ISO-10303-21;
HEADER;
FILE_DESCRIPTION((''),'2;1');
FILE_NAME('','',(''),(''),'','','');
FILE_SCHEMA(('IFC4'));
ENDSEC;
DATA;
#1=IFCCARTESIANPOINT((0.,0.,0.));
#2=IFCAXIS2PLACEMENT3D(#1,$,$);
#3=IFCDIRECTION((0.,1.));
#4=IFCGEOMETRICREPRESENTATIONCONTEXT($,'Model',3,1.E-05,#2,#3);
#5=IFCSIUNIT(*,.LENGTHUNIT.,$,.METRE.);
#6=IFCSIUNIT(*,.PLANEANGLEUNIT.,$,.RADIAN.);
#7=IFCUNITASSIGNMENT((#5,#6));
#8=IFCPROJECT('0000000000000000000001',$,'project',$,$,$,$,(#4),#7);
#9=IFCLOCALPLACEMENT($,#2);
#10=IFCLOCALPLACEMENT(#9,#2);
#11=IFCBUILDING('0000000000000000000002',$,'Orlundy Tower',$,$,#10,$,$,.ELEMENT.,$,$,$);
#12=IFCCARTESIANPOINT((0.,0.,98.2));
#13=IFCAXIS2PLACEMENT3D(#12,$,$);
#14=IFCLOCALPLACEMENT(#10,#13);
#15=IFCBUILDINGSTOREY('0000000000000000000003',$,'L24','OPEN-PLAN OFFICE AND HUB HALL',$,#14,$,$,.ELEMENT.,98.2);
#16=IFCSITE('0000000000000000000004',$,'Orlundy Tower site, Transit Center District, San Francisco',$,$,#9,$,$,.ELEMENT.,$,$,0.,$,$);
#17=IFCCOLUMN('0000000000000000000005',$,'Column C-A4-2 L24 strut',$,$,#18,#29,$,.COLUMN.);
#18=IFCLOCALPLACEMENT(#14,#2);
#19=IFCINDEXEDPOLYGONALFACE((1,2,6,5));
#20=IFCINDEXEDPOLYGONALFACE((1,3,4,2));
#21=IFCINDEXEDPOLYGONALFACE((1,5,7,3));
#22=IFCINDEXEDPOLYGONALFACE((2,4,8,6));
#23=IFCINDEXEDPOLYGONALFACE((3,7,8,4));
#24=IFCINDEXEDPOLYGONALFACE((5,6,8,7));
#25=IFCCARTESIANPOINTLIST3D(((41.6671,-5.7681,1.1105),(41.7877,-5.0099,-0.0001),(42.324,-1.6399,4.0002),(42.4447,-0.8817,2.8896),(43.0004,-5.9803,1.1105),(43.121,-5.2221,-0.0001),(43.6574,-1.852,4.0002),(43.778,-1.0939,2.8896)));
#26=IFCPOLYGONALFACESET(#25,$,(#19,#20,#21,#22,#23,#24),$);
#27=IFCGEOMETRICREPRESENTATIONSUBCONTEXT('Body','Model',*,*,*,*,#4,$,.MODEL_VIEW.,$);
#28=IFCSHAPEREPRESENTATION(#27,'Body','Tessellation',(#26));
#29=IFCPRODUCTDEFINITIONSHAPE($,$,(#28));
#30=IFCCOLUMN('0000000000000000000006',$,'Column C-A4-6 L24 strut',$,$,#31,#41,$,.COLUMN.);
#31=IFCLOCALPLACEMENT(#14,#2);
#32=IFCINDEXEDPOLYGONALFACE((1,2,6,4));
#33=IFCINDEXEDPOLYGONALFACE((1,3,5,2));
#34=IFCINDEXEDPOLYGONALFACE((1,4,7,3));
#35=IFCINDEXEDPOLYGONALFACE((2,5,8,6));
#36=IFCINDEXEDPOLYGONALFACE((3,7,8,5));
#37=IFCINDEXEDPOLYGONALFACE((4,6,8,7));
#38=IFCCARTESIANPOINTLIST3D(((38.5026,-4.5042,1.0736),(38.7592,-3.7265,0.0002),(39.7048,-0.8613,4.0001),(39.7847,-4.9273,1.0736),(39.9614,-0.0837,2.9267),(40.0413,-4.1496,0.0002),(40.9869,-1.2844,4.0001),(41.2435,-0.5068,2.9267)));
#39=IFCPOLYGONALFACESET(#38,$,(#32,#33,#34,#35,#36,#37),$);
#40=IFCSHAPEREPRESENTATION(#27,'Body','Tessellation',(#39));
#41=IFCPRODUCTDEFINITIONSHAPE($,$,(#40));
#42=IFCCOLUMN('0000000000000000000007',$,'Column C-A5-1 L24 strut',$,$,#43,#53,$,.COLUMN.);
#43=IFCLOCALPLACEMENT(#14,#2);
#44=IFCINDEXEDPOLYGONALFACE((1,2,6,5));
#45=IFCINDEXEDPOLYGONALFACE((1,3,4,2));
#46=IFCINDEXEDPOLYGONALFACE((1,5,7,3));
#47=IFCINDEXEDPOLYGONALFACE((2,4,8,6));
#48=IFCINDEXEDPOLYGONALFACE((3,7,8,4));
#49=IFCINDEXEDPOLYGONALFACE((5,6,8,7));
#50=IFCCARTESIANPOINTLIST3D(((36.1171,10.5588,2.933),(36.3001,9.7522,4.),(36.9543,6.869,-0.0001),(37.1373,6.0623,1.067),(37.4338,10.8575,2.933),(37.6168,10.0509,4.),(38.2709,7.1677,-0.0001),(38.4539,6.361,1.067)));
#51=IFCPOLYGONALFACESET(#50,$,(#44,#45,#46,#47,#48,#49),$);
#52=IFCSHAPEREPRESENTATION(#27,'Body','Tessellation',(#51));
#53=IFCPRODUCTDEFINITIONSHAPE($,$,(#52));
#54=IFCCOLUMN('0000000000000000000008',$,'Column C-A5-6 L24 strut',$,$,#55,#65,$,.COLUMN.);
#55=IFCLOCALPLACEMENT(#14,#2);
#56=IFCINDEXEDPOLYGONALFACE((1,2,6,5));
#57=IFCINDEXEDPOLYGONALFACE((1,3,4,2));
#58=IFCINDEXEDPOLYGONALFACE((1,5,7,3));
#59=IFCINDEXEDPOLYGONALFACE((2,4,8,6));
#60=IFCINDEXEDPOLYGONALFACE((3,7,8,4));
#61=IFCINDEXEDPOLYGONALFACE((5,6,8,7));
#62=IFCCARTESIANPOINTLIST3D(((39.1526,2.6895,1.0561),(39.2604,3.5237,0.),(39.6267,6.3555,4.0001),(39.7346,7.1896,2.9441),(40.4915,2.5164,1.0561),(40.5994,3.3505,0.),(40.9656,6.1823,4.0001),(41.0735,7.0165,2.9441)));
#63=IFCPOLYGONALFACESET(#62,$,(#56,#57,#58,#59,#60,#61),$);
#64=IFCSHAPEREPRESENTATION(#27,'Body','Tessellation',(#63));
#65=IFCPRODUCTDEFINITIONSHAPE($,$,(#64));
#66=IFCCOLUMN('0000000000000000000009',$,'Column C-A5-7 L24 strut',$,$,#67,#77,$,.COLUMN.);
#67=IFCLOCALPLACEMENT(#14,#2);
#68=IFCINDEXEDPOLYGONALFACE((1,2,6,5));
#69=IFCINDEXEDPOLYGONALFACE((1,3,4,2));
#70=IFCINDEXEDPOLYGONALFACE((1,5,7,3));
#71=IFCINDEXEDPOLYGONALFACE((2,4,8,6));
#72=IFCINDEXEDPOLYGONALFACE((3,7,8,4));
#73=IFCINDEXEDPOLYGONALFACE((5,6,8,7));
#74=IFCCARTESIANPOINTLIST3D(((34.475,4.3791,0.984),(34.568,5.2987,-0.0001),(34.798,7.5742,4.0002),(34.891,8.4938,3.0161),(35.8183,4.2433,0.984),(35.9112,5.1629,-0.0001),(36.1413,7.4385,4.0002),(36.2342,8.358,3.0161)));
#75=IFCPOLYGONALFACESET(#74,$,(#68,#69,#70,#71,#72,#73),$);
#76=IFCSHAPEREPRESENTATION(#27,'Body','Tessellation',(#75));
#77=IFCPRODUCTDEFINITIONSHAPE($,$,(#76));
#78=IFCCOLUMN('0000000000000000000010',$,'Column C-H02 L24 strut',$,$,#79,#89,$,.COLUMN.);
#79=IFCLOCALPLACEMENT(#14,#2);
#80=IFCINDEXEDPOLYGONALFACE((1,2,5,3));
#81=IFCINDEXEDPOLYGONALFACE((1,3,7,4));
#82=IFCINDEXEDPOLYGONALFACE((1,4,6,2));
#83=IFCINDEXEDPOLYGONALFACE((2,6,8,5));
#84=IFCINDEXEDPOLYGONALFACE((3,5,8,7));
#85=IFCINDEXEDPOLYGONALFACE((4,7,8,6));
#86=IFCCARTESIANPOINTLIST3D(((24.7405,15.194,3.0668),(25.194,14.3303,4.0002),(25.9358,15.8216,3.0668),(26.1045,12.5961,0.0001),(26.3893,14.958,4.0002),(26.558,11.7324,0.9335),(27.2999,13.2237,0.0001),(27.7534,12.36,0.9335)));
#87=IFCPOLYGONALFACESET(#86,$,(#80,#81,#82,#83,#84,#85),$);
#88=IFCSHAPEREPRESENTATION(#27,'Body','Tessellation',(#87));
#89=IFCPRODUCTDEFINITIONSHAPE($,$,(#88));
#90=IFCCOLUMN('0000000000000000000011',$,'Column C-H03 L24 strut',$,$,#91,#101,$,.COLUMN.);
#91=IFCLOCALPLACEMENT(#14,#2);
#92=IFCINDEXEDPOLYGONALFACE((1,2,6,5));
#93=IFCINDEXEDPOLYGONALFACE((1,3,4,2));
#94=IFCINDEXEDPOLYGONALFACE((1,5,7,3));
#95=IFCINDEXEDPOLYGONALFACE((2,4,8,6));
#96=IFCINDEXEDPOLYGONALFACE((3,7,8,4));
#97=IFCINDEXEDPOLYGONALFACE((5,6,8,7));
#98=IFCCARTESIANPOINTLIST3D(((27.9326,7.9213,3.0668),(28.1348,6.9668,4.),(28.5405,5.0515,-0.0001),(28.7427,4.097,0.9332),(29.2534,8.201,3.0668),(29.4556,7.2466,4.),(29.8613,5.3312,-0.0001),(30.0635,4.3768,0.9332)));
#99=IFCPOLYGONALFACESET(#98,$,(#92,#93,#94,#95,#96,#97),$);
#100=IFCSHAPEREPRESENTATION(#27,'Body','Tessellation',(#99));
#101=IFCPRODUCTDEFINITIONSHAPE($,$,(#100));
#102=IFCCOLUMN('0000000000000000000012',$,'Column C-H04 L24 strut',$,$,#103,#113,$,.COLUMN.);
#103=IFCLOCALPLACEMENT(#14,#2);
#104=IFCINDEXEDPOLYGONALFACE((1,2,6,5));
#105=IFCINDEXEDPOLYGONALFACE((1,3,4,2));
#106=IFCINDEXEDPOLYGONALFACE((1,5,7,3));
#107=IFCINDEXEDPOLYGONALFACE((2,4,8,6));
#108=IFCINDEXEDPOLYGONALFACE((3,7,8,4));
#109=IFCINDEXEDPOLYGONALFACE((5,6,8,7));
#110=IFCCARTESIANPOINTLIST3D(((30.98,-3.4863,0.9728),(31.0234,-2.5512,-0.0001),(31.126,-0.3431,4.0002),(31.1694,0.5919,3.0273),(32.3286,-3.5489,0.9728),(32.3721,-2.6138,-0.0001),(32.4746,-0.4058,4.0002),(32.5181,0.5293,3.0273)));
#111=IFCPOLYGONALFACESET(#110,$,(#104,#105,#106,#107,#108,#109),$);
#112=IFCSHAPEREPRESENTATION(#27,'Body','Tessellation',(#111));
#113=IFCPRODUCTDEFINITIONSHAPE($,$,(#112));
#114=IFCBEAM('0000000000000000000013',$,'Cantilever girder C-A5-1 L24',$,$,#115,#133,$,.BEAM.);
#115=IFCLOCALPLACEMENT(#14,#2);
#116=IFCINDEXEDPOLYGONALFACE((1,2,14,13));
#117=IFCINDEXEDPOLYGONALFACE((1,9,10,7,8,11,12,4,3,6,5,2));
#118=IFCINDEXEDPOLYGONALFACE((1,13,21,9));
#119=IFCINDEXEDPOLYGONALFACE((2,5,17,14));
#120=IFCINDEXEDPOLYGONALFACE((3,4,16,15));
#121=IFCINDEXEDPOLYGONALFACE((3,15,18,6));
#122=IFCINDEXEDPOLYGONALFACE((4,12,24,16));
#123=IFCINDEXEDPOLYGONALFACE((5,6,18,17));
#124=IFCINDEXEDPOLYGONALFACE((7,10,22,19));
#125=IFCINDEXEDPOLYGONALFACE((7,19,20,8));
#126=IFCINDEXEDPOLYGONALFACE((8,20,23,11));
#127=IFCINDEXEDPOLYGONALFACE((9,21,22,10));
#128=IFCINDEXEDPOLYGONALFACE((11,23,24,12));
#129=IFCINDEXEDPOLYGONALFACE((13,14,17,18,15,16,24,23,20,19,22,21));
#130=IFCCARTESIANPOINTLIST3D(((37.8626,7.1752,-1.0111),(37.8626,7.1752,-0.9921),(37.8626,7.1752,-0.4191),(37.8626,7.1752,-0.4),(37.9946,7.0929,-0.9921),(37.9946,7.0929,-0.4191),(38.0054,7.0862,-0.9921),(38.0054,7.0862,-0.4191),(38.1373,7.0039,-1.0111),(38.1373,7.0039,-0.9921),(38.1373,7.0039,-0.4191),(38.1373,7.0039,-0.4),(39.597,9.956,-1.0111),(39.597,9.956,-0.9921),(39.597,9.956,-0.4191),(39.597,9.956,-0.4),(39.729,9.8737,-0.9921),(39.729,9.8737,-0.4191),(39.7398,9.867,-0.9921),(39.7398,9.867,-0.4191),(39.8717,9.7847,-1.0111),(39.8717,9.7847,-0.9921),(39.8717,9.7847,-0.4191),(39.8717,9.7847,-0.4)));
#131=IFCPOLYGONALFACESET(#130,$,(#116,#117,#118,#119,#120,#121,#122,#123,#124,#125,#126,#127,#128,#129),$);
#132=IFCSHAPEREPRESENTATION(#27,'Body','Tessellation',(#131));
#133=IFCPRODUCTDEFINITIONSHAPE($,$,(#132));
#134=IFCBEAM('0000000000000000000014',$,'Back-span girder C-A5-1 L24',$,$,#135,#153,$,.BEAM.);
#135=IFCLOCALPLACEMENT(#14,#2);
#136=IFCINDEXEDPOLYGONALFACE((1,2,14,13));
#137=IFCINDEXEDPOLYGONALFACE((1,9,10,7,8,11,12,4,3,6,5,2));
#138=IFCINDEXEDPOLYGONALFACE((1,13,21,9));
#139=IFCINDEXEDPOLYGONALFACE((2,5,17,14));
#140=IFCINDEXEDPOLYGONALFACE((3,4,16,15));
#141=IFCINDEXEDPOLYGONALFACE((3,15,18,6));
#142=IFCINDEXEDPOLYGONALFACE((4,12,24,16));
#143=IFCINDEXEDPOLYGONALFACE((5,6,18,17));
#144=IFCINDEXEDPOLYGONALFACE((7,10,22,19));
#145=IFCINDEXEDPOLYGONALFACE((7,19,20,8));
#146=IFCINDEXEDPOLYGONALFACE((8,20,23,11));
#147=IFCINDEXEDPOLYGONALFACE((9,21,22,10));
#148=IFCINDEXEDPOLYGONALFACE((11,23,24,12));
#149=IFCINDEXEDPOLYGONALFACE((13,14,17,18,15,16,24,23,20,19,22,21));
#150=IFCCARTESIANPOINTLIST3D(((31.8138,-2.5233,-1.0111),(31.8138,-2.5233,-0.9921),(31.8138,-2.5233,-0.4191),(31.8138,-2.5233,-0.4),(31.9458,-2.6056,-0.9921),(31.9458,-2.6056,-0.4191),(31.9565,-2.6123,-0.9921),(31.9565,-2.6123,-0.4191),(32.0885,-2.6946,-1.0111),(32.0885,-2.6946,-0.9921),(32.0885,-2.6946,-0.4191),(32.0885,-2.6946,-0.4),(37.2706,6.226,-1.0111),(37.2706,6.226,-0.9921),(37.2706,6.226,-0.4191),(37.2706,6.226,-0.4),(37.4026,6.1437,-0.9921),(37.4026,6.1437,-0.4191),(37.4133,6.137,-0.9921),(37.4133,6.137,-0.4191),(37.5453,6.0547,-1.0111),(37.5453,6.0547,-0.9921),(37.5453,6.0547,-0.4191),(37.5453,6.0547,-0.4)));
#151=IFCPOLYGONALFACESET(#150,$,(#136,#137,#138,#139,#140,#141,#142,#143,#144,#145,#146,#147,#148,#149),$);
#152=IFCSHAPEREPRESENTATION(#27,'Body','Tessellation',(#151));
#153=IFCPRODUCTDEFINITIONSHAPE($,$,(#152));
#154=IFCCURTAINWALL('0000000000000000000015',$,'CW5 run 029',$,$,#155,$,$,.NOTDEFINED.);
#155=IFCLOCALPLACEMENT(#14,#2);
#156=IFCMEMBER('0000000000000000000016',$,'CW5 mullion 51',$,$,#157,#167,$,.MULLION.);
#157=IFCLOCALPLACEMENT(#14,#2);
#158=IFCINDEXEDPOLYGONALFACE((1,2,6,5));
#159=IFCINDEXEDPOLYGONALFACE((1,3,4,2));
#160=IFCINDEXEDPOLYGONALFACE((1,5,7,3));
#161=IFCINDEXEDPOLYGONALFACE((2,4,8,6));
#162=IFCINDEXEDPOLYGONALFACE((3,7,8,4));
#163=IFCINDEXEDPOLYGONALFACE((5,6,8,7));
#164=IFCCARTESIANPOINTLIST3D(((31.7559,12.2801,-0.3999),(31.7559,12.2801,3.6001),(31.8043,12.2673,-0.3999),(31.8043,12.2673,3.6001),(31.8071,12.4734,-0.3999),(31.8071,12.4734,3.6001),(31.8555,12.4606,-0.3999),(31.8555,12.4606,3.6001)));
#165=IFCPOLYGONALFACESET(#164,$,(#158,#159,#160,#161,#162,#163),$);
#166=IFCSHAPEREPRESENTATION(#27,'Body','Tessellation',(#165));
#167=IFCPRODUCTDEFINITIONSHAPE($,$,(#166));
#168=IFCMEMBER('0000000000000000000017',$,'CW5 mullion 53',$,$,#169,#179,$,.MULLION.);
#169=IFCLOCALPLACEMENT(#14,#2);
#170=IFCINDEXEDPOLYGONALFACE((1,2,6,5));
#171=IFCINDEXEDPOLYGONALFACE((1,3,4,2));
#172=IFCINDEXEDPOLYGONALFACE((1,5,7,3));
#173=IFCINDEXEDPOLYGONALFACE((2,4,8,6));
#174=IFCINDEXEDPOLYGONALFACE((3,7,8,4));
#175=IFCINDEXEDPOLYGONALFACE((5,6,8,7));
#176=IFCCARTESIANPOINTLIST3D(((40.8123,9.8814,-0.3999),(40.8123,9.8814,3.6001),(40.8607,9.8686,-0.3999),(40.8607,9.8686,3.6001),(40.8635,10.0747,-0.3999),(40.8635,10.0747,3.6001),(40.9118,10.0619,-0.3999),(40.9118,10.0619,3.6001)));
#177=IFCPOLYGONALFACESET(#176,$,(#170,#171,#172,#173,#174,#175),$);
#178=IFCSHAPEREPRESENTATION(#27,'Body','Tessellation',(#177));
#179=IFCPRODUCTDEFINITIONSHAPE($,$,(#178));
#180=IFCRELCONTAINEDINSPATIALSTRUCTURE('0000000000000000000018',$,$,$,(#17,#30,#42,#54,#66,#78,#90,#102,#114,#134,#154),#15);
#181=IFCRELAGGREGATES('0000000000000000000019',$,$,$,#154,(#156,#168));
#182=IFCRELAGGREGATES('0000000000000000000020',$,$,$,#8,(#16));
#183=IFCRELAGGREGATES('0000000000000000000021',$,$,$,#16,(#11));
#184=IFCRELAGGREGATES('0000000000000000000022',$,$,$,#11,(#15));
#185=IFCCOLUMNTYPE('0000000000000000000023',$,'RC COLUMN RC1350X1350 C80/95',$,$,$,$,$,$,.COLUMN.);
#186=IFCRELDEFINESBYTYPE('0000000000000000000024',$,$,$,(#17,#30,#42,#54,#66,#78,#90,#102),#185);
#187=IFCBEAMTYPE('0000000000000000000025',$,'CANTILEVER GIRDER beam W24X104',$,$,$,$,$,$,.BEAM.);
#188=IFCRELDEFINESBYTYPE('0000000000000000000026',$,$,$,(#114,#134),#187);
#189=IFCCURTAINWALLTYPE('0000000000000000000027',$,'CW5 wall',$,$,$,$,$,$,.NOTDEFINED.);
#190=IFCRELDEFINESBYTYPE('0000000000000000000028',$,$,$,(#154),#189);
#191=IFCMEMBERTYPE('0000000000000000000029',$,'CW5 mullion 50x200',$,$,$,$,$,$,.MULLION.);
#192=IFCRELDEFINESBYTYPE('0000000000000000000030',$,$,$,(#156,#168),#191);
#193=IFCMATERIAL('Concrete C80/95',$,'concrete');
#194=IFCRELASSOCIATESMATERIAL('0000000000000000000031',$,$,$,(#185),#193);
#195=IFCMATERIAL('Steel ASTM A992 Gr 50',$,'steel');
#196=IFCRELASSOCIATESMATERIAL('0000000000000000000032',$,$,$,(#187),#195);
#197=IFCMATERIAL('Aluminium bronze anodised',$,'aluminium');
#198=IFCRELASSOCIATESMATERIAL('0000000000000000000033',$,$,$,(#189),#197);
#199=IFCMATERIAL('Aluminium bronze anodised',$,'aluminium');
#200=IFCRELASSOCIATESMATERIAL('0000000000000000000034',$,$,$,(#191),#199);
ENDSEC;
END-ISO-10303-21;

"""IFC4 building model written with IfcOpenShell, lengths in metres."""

from ifc_helpers import new_model, si_unit, direction, frame, origin, origin_2d, place, context, subcontext, project, spatial, rectangle, i_section, extrude, material, material_profile, profile_set, type_object, element, aggregate, save


model = new_model("IFC4")

# Units and contexts
model_context = context("Model", 3, precision=1e-05, world=origin(), true_north=direction((0.0, 1.0)))
body_context = subcontext(model_context, "Body", "Model", "MODEL_VIEW")
ifc_project = project(units=[si_unit("LENGTHUNIT", "METRE"), si_unit("PLANEANGLEUNIT", "RADIAN")], contexts=[model_context])

# Site, building, storey
site_placement = place(None, origin())
site = spatial("IfcSite", under=ifc_project, at=site_placement, Name="Orlundy Tower site, Transit Center District, San Francisco", CompositionType="ELEMENT", RefElevation=0.0)
building_placement = place(site_placement, origin())
building = spatial("IfcBuilding", under=site, at=building_placement, Name="Orlundy Tower", CompositionType="ELEMENT")
storey_placement = place(building_placement, frame((0.0, 0.0, 98.2)))
storey = spatial("IfcBuildingStorey", under=building, at=storey_placement, Name="L24", Description="OPEN-PLAN OFFICE AND HUB HALL", CompositionType="ELEMENT", Elevation=98.2)

# Columns
ifc_material_1 = material(Name="Concrete C80/95", Category="concrete")
ifc_material_profile_1 = material_profile(ifc_material_1, rectangle(XDim=1.3501, YDim=1.3501, at=origin_2d()), Name="RC1350X1350")
ifc_profile_set_1 = profile_set([ifc_material_profile_1], Name="Concrete C80/95")
column_type = type_object("IfcColumnType", Name="RC COLUMN RC1350X1350 C80/95", PredefinedType="COLUMN", material=ifc_profile_set_1)
column_1_placement = place(storey_placement, frame((42.394, -5.4951, 0.5552), z_axis=(0.129284, 0.812363, 0.56864), x_axis=(-0.987572, 0.157168, 0.0)))
element("IfcColumn", 1, at=column_1_placement, inside=storey, type_object=column_type, Name="Column C-A4-2 L24 strut", PredefinedType="COLUMN", context=body_context, shape_type="SweptSolid", body=[
    extrude(rectangle(XDim=1.3501, YDim=1.3501, at=origin_2d()), origin(), (0.0, 0.0, 1.0), 5.0818),
])
column_2_placement = place(storey_placement, frame((39.272, -4.3269, 0.5369), z_axis=(0.249154, 0.755002, 0.606542), x_axis=(-0.949627, 0.313381, 0.0)))
element("IfcColumn", 2, at=column_2_placement, inside=storey, type_object=column_type, Name="Column C-A4-6 L24 strut", PredefinedType="COLUMN", context=body_context, shape_type="SweptSolid", body=[
    extrude(rectangle(XDim=1.3501, YDim=1.3501, at=origin_2d()), origin(), (0.0, 0.0, 1.0), 4.825),
])
column_3_placement = place(storey_placement, frame((37.7041, 6.615, 0.5334), z_axis=(-0.174865, 0.770754, 0.612666), x_axis=(-0.975216, -0.221253, 0.0)))
element("IfcColumn", 3, at=column_3_placement, inside=storey, type_object=column_type, Name="Column C-A5-1 L24 strut", PredefinedType="COLUMN", context=body_context, shape_type="SweptSolid", body=[
    extrude(rectangle(XDim=1.3501, YDim=1.3501, at=origin_2d()), origin(), (0.0, 0.0, 1.0), 4.7874),
])
column_4_placement = place(storey_placement, frame((39.876, 3.02, 0.5281), z_axis=(0.100328, 0.775763, 0.622997), x_axis=(-0.991741, 0.128261, 0.0)))
element("IfcColumn", 4, at=column_4_placement, inside=storey, type_object=column_type, Name="Column C-A5-6 L24 strut", PredefinedType="COLUMN", context=body_context, shape_type="SweptSolid", body=[
    extrude(rectangle(XDim=1.3501, YDim=1.3501, at=origin_2d()), origin(), (0.0, 0.0, 1.0), 4.7256),
])
column_5_placement = place(storey_placement, frame((35.1931, 4.771, 0.4919), z_axis=(0.073315, 0.725221, 0.684602), x_axis=(-0.994929, 0.10058, 0.0)))
element("IfcColumn", 5, at=column_5_placement, inside=storey, type_object=column_type, Name="Column C-A5-7 L24 strut", PredefinedType="COLUMN", context=body_context, shape_type="SweptSolid", body=[
    extrude(rectangle(XDim=1.3501, YDim=1.3501, at=origin_2d()), origin(), (0.0, 0.0, 1.0), 4.4058),
])
column_6_placement = place(storey_placement, frame((26.929, 12.478, 0.4668), z_axis=(-0.321376, 0.612094, 0.722536), x_axis=(-0.885382, -0.464865, 0.0)))
element("IfcColumn", 6, at=column_6_placement, inside=storey, type_object=column_type, Name="Column C-H02 L24 strut", PredefinedType="COLUMN", context=body_context, shape_type="SweptSolid", body=[
    extrude(rectangle(XDim=1.3501, YDim=1.3501, at=origin_2d()), origin(), (0.0, 0.0, 1.0), 4.2444),
])
column_7_placement = place(storey_placement, frame((29.302, 4.7141, 0.4666), z_axis=(-0.14324, 0.676218, 0.722642), x_axis=(-0.978293, -0.207227, 0.0)))
element("IfcColumn", 7, at=column_7_placement, inside=storey, type_object=column_type, Name="Column C-H03 L24 strut", PredefinedType="COLUMN", context=body_context, shape_type="SweptSolid", body=[
    extrude(rectangle(XDim=1.3501, YDim=1.3501, at=origin_2d()), origin(), (0.0, 0.0, 1.0), 4.2439),
])
column_8_placement = place(storey_placement, frame((31.676, -3.05, 0.4863), z_axis=(0.033437, 0.719839, 0.693335), x_axis=(-0.998923, 0.0464, 0.0)))
element("IfcColumn", 8, at=column_8_placement, inside=storey, type_object=column_type, Name="Column C-H04 L24 strut", PredefinedType="COLUMN", context=body_context, shape_type="SweptSolid", body=[
    extrude(rectangle(XDim=1.3501, YDim=1.3501, at=origin_2d()), origin(), (0.0, 0.0, 1.0), 4.3665),
])

# Beams
ifc_material_2 = material(Name="Steel ASTM A992 Gr 50", Category="steel")
ifc_material_profile_2 = material_profile(ifc_material_2, i_section(OverallWidth=0.3237, OverallDepth=0.6111, WebThickness=0.0127, FlangeThickness=0.019, at=origin_2d()), Name="W24X104")
ifc_profile_set_2 = profile_set([ifc_material_profile_2], Name="Steel ASTM A992 Gr 50")
beam_type = type_object("IfcBeamType", Name="CANTILEVER GIRDER beam W24X104", PredefinedType="BEAM", material=ifc_profile_set_2)
beam_1_placement = place(storey_placement, frame((39.7344, 9.8704, -0.7056), z_axis=(-0.529209, -0.848492, 0.0), x_axis=(0.848492, -0.529209, 0.0)))
element("IfcBeam", 9, at=beam_1_placement, inside=storey, type_object=beam_type, Name="Cantilever girder C-A5-1 L24", PredefinedType="BEAM", context=body_context, shape_type="SweptSolid", body=[
    extrude(i_section(OverallWidth=0.3237, OverallDepth=0.6111, WebThickness=0.0127, FlangeThickness=0.019, at=origin_2d()), origin(), (0.0, 0.0, 1.0), 3.2773),
])
beam_2_placement = place(storey_placement, frame((37.408, 6.1404, -0.7056), z_axis=(-0.529196, -0.848499, 0.0), x_axis=(0.848499, -0.529196, 0.0)))
element("IfcBeam", 10, at=beam_2_placement, inside=storey, type_object=beam_type, Name="Back-span girder C-A5-1 L24", PredefinedType="BEAM", context=body_context, shape_type="SweptSolid", body=[
    extrude(i_section(OverallWidth=0.3237, OverallDepth=0.6111, WebThickness=0.0127, FlangeThickness=0.019, at=origin_2d()), origin(), (0.0, 0.0, 1.0), 10.3115),
])

# Curtain wall, members
ifc_material_3 = material(Name="Aluminium bronze anodised", Category="aluminium")
curtain_wall_type = type_object("IfcCurtainWallType", Name="CW5 wall", PredefinedType="NOTDEFINED", material=ifc_material_3)
curtain_wall_1_placement = place(storey_placement, origin())
curtain_wall_1 = element("IfcCurtainWall", 11, at=curtain_wall_1_placement, inside=storey, type_object=curtain_wall_type, Name="CW5 run 029", PredefinedType="NOTDEFINED")
ifc_material_4 = material(Name="Aluminium bronze anodised", Category="aluminium")
ifc_material_profile_3 = material_profile(ifc_material_4, rectangle(XDim=0.2, YDim=0.05, at=origin_2d()), Name="CW5 mullion 50x200")
ifc_profile_set_3 = profile_set([ifc_material_profile_3], Name="Aluminium bronze anodised")
member_type_1 = type_object("IfcMemberType", Name="CW5 mullion 50x200", PredefinedType="MULLION", material=ifc_profile_set_3)
member_1_placement = place(storey_placement, frame((31.8057, 12.3704, -0.3999), z_axis=(0.0, 0.0, 1.0), x_axis=(0.256032, 0.966668, 0.0)))
member_1 = element("IfcMember", 12, at=member_1_placement, type_object=member_type_1, Name="CW5 mullion 51", PredefinedType="MULLION", context=body_context, shape_type="SweptSolid", body=[
    extrude(rectangle(XDim=0.2, YDim=0.05, at=origin_2d()), origin(), (0.0, 0.0, 1.0), 4.0),
])
member_2_placement = place(storey_placement, frame((40.8621, 9.9717, -0.3999), z_axis=(0.0, 0.0, 1.0), x_axis=(0.256032, 0.966668, 0.0)))
member_2 = element("IfcMember", 13, at=member_2_placement, type_object=member_type_1, Name="CW5 mullion 53", PredefinedType="MULLION", context=body_context, shape_type="SweptSolid", body=[
    extrude(rectangle(XDim=0.2, YDim=0.05, at=origin_2d()), origin(), (0.0, 0.0, 1.0), 4.0),
])

aggregate(curtain_wall_1, [member_1, member_2])

save(model, "model.ifc")
